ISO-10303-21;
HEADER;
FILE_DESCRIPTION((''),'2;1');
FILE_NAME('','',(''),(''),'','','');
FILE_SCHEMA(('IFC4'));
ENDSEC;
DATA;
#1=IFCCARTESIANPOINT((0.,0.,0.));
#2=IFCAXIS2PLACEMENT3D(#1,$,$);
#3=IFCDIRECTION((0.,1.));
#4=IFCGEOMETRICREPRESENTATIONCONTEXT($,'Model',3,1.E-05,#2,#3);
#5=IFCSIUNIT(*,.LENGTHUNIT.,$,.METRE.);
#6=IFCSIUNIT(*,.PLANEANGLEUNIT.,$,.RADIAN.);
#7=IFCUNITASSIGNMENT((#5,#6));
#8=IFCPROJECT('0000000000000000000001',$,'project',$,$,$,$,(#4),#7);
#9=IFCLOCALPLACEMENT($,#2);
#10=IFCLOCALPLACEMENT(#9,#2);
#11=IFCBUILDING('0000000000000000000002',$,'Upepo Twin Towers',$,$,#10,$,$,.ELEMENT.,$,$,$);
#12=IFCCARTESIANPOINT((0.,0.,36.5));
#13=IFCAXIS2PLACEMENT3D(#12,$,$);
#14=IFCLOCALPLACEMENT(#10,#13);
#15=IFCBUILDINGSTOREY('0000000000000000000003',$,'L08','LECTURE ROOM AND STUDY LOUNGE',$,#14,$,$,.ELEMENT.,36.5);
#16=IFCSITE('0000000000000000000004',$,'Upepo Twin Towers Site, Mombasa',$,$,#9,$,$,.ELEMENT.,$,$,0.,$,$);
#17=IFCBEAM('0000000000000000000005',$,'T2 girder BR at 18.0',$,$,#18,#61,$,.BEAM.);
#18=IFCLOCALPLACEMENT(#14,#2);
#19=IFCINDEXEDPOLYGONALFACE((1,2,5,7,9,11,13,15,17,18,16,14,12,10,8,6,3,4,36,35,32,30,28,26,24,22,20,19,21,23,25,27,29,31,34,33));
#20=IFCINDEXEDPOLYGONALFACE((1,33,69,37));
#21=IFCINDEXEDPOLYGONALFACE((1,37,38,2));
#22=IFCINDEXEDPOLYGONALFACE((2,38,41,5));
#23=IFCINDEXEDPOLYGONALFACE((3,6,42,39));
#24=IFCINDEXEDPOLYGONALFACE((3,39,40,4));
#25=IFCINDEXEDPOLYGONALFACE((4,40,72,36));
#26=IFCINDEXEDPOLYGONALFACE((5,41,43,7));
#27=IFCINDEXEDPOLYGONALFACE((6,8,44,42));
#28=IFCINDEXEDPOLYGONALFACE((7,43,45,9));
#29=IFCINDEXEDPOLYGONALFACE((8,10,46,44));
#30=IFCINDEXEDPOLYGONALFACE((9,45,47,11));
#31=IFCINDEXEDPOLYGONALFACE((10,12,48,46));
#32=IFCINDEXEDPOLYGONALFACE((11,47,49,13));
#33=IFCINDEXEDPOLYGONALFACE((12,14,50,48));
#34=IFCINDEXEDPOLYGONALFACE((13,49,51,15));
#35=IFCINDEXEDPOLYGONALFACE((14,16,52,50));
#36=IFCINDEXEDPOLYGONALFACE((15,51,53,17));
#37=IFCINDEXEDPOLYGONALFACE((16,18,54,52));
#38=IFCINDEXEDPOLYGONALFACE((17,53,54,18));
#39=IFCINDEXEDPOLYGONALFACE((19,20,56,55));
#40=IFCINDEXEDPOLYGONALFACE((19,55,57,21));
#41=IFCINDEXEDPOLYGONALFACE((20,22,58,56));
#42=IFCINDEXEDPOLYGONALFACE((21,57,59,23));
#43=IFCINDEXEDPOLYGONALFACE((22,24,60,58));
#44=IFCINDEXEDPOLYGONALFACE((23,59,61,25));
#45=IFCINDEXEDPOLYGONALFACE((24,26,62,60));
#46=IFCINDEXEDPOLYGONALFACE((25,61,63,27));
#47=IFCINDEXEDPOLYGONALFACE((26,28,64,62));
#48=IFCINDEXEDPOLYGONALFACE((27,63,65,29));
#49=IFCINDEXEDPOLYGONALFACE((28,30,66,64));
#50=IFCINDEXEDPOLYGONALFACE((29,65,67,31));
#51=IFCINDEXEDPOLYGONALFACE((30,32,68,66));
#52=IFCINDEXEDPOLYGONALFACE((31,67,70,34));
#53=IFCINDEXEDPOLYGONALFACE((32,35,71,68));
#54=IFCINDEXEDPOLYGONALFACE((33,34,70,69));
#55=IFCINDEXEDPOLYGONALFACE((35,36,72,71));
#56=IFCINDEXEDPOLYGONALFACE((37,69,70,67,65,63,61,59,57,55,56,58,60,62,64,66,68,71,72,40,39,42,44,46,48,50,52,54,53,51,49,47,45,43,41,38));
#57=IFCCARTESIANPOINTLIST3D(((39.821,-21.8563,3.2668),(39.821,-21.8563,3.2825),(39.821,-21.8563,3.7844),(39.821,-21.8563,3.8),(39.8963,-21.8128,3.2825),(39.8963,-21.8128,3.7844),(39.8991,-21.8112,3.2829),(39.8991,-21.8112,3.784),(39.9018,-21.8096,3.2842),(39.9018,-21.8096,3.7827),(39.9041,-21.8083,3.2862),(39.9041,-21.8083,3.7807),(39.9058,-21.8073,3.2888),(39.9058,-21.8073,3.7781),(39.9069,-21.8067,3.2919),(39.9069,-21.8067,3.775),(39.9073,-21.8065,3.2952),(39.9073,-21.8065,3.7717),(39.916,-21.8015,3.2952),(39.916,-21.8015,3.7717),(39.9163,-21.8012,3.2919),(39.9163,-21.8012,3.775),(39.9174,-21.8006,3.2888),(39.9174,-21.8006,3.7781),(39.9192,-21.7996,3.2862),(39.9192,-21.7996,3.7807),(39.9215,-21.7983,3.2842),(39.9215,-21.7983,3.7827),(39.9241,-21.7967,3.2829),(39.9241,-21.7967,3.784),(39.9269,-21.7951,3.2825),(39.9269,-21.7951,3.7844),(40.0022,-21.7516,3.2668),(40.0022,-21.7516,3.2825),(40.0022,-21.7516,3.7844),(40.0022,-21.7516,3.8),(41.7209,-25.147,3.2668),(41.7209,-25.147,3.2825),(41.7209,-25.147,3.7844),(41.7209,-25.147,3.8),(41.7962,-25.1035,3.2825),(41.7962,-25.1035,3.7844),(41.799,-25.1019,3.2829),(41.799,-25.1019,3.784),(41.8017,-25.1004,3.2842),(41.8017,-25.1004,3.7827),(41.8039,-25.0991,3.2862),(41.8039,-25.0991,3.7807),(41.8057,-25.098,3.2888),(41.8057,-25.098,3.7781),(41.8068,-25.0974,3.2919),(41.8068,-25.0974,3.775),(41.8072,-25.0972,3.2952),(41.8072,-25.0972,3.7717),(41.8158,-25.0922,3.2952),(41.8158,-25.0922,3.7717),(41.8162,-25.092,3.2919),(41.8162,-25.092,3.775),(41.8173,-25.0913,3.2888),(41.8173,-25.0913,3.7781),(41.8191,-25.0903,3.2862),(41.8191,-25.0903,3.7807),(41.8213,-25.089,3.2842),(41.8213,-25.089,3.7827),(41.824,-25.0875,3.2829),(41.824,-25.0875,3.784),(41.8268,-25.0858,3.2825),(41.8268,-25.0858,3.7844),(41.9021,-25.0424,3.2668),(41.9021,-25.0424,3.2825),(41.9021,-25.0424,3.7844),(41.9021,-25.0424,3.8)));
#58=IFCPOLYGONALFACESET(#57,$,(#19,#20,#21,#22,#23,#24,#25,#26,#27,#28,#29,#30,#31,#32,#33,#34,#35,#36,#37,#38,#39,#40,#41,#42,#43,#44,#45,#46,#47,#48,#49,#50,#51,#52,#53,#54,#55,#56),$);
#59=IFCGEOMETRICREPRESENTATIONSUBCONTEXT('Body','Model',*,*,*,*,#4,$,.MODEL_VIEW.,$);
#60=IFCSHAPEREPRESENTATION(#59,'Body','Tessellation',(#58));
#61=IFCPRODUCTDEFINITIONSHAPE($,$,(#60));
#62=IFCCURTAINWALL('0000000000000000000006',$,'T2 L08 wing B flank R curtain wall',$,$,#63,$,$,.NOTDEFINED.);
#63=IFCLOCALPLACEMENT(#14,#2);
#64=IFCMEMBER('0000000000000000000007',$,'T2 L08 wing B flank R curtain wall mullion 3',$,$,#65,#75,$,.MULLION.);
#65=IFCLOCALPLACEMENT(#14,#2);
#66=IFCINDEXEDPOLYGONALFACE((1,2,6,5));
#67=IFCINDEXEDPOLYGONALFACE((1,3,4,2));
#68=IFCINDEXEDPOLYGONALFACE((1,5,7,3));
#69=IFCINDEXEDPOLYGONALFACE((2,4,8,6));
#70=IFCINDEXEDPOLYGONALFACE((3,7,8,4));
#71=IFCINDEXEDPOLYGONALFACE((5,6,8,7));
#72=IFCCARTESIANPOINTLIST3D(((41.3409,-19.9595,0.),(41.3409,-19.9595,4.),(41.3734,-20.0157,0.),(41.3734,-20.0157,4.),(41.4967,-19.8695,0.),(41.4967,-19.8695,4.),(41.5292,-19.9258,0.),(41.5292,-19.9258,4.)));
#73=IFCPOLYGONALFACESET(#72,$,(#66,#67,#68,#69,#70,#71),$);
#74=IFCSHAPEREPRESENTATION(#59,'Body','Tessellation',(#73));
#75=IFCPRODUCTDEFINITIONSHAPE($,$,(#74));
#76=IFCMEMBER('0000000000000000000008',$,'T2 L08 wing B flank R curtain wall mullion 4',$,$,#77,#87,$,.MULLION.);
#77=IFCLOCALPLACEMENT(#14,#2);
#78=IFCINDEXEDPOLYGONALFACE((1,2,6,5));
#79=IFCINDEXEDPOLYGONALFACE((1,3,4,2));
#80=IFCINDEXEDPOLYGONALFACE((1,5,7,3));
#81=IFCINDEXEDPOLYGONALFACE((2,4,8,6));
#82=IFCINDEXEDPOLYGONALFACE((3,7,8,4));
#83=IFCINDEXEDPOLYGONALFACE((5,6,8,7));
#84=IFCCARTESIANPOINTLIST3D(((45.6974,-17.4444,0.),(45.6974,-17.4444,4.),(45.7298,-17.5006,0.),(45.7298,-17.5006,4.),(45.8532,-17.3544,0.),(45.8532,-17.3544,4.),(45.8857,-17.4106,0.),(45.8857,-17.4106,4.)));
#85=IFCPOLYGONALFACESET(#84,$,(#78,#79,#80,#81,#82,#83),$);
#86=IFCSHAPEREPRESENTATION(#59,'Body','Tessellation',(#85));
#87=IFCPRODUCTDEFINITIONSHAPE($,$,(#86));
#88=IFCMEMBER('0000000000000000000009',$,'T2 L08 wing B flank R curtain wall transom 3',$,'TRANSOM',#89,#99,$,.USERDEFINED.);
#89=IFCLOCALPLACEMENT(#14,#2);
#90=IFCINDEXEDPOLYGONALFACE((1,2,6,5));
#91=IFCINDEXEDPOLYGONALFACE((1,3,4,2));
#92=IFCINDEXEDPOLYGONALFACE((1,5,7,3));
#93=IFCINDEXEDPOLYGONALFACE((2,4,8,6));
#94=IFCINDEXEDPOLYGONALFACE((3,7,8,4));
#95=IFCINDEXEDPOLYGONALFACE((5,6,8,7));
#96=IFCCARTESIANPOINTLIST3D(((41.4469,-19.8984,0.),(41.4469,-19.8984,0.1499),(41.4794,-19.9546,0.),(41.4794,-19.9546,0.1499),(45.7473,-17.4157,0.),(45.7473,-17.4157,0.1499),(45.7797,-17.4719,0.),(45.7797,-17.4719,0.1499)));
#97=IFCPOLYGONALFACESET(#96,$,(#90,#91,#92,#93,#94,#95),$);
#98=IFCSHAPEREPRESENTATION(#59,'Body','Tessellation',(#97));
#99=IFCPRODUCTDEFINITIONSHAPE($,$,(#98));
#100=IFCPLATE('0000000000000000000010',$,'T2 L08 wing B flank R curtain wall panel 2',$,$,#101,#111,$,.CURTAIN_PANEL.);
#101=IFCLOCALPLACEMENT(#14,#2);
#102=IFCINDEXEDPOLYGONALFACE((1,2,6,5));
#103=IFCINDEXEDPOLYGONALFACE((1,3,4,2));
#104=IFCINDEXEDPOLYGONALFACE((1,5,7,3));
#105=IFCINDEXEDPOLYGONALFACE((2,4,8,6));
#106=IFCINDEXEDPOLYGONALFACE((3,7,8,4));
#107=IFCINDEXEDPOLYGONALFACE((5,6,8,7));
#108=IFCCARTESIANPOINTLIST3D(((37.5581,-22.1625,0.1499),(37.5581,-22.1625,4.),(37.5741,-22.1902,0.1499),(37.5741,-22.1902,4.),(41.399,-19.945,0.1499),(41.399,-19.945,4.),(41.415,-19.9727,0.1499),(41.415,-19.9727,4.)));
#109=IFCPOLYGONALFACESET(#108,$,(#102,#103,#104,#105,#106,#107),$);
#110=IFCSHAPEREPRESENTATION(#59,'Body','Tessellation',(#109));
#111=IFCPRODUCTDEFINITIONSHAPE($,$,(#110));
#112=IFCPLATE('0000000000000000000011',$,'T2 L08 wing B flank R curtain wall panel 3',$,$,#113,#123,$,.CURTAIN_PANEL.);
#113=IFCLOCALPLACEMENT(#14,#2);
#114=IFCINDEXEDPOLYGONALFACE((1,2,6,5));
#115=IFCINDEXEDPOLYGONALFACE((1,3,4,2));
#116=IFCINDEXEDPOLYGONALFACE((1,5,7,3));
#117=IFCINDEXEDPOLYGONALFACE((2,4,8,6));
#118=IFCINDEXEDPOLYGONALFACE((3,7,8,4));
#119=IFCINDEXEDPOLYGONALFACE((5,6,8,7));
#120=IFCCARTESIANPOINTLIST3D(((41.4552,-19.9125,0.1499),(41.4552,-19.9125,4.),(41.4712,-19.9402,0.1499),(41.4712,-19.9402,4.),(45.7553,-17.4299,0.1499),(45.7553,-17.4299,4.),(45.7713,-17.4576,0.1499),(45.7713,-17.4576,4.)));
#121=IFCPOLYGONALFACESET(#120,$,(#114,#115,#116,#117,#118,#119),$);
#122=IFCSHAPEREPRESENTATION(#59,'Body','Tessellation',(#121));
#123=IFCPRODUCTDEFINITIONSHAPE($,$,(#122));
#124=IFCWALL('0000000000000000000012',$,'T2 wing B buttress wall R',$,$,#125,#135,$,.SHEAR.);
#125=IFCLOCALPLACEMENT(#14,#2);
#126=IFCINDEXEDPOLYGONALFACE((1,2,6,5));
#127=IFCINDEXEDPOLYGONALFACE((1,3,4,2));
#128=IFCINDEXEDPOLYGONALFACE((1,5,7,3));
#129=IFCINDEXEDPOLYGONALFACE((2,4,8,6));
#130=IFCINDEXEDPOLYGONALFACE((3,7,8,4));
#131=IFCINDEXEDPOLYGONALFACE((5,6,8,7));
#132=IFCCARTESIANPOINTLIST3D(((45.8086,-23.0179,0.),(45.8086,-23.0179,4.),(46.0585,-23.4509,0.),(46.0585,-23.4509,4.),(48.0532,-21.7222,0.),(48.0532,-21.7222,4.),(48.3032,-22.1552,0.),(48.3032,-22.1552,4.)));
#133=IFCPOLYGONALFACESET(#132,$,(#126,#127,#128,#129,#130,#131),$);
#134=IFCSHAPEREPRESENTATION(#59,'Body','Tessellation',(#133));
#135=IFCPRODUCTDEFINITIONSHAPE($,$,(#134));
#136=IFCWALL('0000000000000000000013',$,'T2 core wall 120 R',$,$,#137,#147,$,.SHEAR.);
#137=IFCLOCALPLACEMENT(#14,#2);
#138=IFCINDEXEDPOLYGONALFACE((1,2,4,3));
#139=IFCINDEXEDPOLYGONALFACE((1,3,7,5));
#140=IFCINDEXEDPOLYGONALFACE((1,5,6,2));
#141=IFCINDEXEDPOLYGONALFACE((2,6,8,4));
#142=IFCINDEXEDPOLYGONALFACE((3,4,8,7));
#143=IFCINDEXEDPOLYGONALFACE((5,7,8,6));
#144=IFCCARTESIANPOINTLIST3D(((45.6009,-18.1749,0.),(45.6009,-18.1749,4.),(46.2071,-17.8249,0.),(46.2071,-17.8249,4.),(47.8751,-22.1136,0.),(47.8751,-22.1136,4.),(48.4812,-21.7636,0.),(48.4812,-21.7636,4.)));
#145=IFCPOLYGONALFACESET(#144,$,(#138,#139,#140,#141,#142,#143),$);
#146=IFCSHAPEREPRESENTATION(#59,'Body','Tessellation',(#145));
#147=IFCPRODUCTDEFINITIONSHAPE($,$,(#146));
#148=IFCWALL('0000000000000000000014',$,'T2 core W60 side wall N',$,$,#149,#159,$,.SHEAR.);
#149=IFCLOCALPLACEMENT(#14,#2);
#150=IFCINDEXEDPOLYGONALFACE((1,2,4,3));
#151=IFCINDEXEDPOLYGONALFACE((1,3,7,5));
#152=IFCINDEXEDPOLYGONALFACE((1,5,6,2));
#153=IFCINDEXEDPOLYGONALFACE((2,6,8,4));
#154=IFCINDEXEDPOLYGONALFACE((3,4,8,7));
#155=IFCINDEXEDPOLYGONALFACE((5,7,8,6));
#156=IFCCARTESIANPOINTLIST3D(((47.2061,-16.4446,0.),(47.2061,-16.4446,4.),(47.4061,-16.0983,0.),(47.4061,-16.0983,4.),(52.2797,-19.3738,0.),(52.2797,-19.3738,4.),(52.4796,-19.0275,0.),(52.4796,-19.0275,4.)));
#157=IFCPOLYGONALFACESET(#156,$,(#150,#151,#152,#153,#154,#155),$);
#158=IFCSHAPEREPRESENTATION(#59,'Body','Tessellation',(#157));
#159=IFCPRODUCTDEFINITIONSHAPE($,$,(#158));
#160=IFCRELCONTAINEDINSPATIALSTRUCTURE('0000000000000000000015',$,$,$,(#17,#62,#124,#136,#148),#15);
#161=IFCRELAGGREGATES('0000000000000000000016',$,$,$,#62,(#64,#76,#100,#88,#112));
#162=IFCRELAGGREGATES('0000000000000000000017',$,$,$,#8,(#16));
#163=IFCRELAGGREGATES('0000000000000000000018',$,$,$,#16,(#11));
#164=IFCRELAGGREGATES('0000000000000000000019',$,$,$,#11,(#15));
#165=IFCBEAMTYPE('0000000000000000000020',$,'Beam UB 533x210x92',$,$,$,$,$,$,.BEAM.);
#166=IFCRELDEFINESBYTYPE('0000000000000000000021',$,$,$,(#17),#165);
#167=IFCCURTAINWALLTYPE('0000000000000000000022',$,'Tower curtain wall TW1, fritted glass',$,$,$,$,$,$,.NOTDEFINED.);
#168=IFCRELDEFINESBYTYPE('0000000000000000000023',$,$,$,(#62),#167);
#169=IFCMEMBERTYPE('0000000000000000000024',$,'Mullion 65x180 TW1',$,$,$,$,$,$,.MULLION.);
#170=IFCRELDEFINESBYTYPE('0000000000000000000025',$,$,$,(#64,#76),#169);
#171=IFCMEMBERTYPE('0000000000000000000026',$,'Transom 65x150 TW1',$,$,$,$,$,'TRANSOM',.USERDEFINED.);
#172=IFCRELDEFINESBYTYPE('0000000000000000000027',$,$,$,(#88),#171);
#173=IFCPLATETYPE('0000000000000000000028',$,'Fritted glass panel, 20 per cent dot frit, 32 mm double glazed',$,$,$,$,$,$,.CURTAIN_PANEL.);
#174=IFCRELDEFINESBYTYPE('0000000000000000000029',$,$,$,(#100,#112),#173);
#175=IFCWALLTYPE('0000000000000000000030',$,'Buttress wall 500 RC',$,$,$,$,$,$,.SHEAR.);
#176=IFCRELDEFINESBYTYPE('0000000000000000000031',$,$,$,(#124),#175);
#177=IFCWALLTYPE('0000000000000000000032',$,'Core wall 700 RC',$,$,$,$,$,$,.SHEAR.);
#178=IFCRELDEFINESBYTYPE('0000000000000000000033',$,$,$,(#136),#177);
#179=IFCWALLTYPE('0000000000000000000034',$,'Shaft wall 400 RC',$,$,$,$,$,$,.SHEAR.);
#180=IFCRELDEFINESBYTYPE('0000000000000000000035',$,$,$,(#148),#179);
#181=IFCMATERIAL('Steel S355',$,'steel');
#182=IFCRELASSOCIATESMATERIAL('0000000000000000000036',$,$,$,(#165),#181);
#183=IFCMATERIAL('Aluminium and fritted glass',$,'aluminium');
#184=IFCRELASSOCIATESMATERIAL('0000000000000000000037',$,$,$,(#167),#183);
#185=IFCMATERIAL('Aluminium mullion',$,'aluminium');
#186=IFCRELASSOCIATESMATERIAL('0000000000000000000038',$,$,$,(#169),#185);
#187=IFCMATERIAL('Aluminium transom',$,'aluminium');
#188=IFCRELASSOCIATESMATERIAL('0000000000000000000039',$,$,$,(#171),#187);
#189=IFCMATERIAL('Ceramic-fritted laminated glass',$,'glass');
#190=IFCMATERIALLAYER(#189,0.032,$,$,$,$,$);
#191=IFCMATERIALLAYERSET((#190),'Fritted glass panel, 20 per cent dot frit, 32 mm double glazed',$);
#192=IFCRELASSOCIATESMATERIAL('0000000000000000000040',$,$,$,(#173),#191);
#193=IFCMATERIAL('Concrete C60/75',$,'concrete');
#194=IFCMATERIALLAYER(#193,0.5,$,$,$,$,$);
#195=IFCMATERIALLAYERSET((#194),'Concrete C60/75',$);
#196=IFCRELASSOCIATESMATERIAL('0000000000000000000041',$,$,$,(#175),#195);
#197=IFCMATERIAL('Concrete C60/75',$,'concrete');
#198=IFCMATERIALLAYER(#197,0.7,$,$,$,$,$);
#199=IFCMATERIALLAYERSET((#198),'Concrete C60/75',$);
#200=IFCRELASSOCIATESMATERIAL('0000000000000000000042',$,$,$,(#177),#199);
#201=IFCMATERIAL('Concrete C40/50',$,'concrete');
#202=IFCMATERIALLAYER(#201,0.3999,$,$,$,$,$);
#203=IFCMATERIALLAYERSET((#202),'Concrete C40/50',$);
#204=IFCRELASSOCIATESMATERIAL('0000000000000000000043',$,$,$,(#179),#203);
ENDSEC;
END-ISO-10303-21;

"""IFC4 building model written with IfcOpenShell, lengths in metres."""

from ifc_helpers import new_model, si_unit, direction, frame, frame_2d, origin, origin_2d, place, context, subcontext, project, spatial, rectangle, i_section, extrude, material, layer, layer_set, material_profile, profile_set, type_object, element, aggregate, save


model = new_model("IFC4")

# Units and contexts
model_context = context("Model", 3, precision=1e-05, world=origin(), true_north=direction((0.0, 1.0)))
body_context = subcontext(model_context, "Body", "Model", "MODEL_VIEW")
ifc_project = project(units=[si_unit("LENGTHUNIT", "METRE"), si_unit("PLANEANGLEUNIT", "RADIAN")], contexts=[model_context])

# Site, building, storey
site_placement = place(None, origin())
site = spatial("IfcSite", under=ifc_project, at=site_placement, Name="Upepo Twin Towers Site, Mombasa", CompositionType="ELEMENT", RefElevation=0.0)
building_placement = place(site_placement, origin())
building = spatial("IfcBuilding", under=site, at=building_placement, Name="Upepo Twin Towers", CompositionType="ELEMENT")
storey_placement = place(building_placement, frame((0.0, 0.0, 36.5)))
storey = spatial("IfcBuildingStorey", under=building, at=storey_placement, Name="L08", Description="LECTURE ROOM AND STUDY LOUNGE", CompositionType="ELEMENT", Elevation=36.5)

# Beam
ifc_material_1 = material(Name="Steel S355", Category="steel")
ifc_material_profile_1 = material_profile(ifc_material_1, i_section(OverallWidth=0.2092, OverallDepth=0.5332, WebThickness=0.01, FlangeThickness=0.0156, FilletRadius=0.0127, at=origin_2d()), Name="UB 533x210x92")
ifc_profile_set_1 = profile_set([ifc_material_profile_1], Name="Steel S355")
beam_type_1 = type_object("IfcBeamType", Name="Beam UB 533x210x92", PredefinedType="BEAM", material=ifc_profile_set_1)
beam_1_placement = place(storey_placement, frame((39.9116, -21.804, 3.5334), z_axis=(0.499995, -0.866028, 0.0), x_axis=(0.866028, 0.499995, 0.0)))
element("IfcBeam", 1, at=beam_1_placement, inside=storey, type_object=beam_type_1, Name="T2 girder BR at 18.0", PredefinedType="BEAM", context=body_context, shape_type="SweptSolid", body=[
    extrude(i_section(OverallWidth=0.2092, OverallDepth=0.5332, WebThickness=0.01, FlangeThickness=0.0156, FilletRadius=0.0127, at=origin_2d()), origin(), (0.0, 0.0, 1.0), 3.7998),
])

# Curtain wall, members, plates
ifc_material_2 = material(Name="Aluminium and fritted glass", Category="aluminium")
curtain_wall_type = type_object("IfcCurtainWallType", Name="Tower curtain wall TW1, fritted glass", PredefinedType="NOTDEFINED", material=ifc_material_2)
curtain_wall_placement = place(storey_placement, origin())
curtain_wall = element("IfcCurtainWall", 2, at=curtain_wall_placement, inside=storey, type_object=curtain_wall_type, Name="T2 L08 wing B flank R curtain wall", PredefinedType="NOTDEFINED")
ifc_material_3 = material(Name="Aluminium mullion", Category="aluminium")
ifc_material_profile_2 = material_profile(ifc_material_3, rectangle(XDim=0.0649, YDim=0.1799, at=origin_2d()), Name="MULLION 65x180")
ifc_profile_set_2 = profile_set([ifc_material_profile_2], Name="Aluminium mullion")
member_type_1 = type_object("IfcMemberType", Name="Mullion 65x180 TW1", PredefinedType="MULLION", material=ifc_profile_set_2)
member_1_placement = place(storey_placement, frame((41.4351, -19.9426, 0.0), z_axis=(0.0, 0.0, 1.0), x_axis=(-0.5, 0.866025, 0.0)))
member_1 = element("IfcMember", 3, at=member_1_placement, type_object=member_type_1, Name="T2 L08 wing B flank R curtain wall mullion 3", PredefinedType="MULLION", context=body_context, shape_type="SweptSolid", body=[
    extrude(rectangle(XDim=0.0649, YDim=0.1799, at=origin_2d()), origin(), (0.0, 0.0, 1.0), 4.0),
])
member_2_placement = place(storey_placement, frame((45.7915, -17.4275, 0.0), z_axis=(0.0, 0.0, 1.0), x_axis=(-0.5, 0.866025, 0.0)))
member_2 = element("IfcMember", 4, at=member_2_placement, type_object=member_type_1, Name="T2 L08 wing B flank R curtain wall mullion 4", PredefinedType="MULLION", context=body_context, shape_type="SweptSolid", body=[
    extrude(rectangle(XDim=0.0649, YDim=0.1799, at=origin_2d()), origin(), (0.0, 0.0, 1.0), 4.0),
])
ifc_material_4 = material(Name="Aluminium transom", Category="aluminium")
ifc_material_profile_3 = material_profile(ifc_material_4, rectangle(XDim=0.0649, YDim=0.1499, at=origin_2d()), Name="TRANSOM 65x150")
ifc_profile_set_3 = profile_set([ifc_material_profile_3], Name="Aluminium transom")
member_type_2 = type_object("IfcMemberType", Name="Transom 65x150 TW1", ElementType="TRANSOM", PredefinedType="USERDEFINED", material=ifc_profile_set_3)
member_3_placement = place(storey_placement, frame((41.4631, -19.9265, 0.075), z_axis=(0.866035, 0.499983, 0.0), x_axis=(-0.499983, 0.866035, 0.0)))
member_3 = element("IfcMember", 5, at=member_3_placement, type_object=member_type_2, Name="T2 L08 wing B flank R curtain wall transom 3", ObjectType="TRANSOM", PredefinedType="USERDEFINED", context=body_context, shape_type="SweptSolid", body=[
    extrude(rectangle(XDim=0.0649, YDim=0.1499, at=origin_2d()), origin(), (0.0, 0.0, 1.0), 4.9656),
])
ifc_material_5 = material(Name="Ceramic-fritted laminated glass", Category="glass")
ifc_layer_1 = layer(ifc_material_5, 0.032)
ifc_layer_set_1 = layer_set([ifc_layer_1], Name="Fritted glass panel, 20 per cent dot frit, 32 mm double glazed")
plate_type = type_object("IfcPlateType", Name="Fritted glass panel, 20 per cent dot frit, 32 mm double glazed", PredefinedType="CURTAIN_PANEL", material=ifc_layer_set_1)
plate_1_placement = place(storey_placement, frame((39.4866, -21.0676, 0.1499), z_axis=(0.0, 0.0, 1.0), x_axis=(0.866025, 0.5, 0.0)))
plate_1 = element("IfcPlate", 6, at=plate_1_placement, type_object=plate_type, Name="T2 L08 wing B flank R curtain wall panel 2", PredefinedType="CURTAIN_PANEL", context=body_context, shape_type="SweptSolid", body=[
    extrude(rectangle(XDim=4.4351, YDim=0.032, at=origin_2d()), origin(), (0.0, 0.0, 1.0), 3.8501),
])
plate_2_placement = place(storey_placement, frame((43.6133, -18.6851, 0.1499), z_axis=(0.0, 0.0, 1.0), x_axis=(0.866025, 0.5, 0.0)))
plate_2 = element("IfcPlate", 7, at=plate_2_placement, type_object=plate_type, Name="T2 L08 wing B flank R curtain wall panel 3", PredefinedType="CURTAIN_PANEL", context=body_context, shape_type="SweptSolid", body=[
    extrude(rectangle(XDim=4.9653, YDim=0.032, at=origin_2d()), origin(), (0.0, 0.0, 1.0), 3.8501),
])
aggregate(curtain_wall, [member_1, member_2, plate_1, member_3, plate_2])

# Walls
ifc_material_6 = material(Name="Concrete C60/75", Category="concrete")
ifc_layer_2 = layer(ifc_material_6, 0.5)
ifc_layer_set_2 = layer_set([ifc_layer_2], Name="Concrete C60/75")
wall_type_1 = type_object("IfcWallType", Name="Buttress wall 500 RC", PredefinedType="SHEAR", material=ifc_layer_set_2)
wall_1_placement = place(storey_placement, frame((48.1782, -21.9387, 0.0), z_axis=(0.0, 0.0, 1.0), x_axis=(-0.866073, -0.499918, 0.0)))
element("IfcWall", 8, at=wall_1_placement, inside=storey, type_object=wall_type_1, Name="T2 wing B buttress wall R", PredefinedType="SHEAR", context=body_context, shape_type="SweptSolid", body=[
    extrude(rectangle(XDim=2.5918, YDim=0.5, at=frame_2d((1.2959, 0.0))), origin(), (0.0, 0.0, 1.0), 4.0),
])
ifc_material_7 = material(Name="Concrete C60/75", Category="concrete")
ifc_layer_3 = layer(ifc_material_7, 0.7)
ifc_layer_set_3 = layer_set([ifc_layer_3], Name="Concrete C60/75")
wall_type_2 = type_object("IfcWallType", Name="Core wall 700 RC", PredefinedType="SHEAR", material=ifc_layer_set_3)
wall_2_placement = place(storey_placement, frame((45.9041, -18.0, 0.0), z_axis=(0.0, 0.0, 1.0), x_axis=(0.500024, -0.866011, 0.0)))
element("IfcWall", 9, at=wall_2_placement, inside=storey, type_object=wall_type_2, Name="T2 core wall 120 R", PredefinedType="SHEAR", context=body_context, shape_type="SweptSolid", body=[
    extrude(rectangle(XDim=4.5481, YDim=0.7, at=frame_2d((2.2739, 0.0))), origin(), (0.0, 0.0, 1.0), 4.0),
])
ifc_material_8 = material(Name="Concrete C40/50", Category="concrete")
ifc_layer_4 = layer(ifc_material_8, 0.3999)
ifc_layer_set_4 = layer_set([ifc_layer_4], Name="Concrete C40/50")
wall_type_3 = type_object("IfcWallType", Name="Shaft wall 400 RC", PredefinedType="SHEAR", material=ifc_layer_set_4)
wall_3_placement = place(storey_placement, frame((52.3796, -19.2007, 0.0), z_axis=(0.0, 0.0, 1.0), x_axis=(-0.866024, 0.500003, 0.0)))
element("IfcWall", 10, at=wall_3_placement, inside=storey, type_object=wall_type_3, Name="T2 core W60 side wall N", PredefinedType="SHEAR", context=body_context, shape_type="SweptSolid", body=[
    extrude(rectangle(XDim=5.8584, YDim=0.3999, at=frame_2d((2.9292, 0.0))), origin(), (0.0, 0.0, 1.0), 4.0),
])

save(model, "model.ifc")
